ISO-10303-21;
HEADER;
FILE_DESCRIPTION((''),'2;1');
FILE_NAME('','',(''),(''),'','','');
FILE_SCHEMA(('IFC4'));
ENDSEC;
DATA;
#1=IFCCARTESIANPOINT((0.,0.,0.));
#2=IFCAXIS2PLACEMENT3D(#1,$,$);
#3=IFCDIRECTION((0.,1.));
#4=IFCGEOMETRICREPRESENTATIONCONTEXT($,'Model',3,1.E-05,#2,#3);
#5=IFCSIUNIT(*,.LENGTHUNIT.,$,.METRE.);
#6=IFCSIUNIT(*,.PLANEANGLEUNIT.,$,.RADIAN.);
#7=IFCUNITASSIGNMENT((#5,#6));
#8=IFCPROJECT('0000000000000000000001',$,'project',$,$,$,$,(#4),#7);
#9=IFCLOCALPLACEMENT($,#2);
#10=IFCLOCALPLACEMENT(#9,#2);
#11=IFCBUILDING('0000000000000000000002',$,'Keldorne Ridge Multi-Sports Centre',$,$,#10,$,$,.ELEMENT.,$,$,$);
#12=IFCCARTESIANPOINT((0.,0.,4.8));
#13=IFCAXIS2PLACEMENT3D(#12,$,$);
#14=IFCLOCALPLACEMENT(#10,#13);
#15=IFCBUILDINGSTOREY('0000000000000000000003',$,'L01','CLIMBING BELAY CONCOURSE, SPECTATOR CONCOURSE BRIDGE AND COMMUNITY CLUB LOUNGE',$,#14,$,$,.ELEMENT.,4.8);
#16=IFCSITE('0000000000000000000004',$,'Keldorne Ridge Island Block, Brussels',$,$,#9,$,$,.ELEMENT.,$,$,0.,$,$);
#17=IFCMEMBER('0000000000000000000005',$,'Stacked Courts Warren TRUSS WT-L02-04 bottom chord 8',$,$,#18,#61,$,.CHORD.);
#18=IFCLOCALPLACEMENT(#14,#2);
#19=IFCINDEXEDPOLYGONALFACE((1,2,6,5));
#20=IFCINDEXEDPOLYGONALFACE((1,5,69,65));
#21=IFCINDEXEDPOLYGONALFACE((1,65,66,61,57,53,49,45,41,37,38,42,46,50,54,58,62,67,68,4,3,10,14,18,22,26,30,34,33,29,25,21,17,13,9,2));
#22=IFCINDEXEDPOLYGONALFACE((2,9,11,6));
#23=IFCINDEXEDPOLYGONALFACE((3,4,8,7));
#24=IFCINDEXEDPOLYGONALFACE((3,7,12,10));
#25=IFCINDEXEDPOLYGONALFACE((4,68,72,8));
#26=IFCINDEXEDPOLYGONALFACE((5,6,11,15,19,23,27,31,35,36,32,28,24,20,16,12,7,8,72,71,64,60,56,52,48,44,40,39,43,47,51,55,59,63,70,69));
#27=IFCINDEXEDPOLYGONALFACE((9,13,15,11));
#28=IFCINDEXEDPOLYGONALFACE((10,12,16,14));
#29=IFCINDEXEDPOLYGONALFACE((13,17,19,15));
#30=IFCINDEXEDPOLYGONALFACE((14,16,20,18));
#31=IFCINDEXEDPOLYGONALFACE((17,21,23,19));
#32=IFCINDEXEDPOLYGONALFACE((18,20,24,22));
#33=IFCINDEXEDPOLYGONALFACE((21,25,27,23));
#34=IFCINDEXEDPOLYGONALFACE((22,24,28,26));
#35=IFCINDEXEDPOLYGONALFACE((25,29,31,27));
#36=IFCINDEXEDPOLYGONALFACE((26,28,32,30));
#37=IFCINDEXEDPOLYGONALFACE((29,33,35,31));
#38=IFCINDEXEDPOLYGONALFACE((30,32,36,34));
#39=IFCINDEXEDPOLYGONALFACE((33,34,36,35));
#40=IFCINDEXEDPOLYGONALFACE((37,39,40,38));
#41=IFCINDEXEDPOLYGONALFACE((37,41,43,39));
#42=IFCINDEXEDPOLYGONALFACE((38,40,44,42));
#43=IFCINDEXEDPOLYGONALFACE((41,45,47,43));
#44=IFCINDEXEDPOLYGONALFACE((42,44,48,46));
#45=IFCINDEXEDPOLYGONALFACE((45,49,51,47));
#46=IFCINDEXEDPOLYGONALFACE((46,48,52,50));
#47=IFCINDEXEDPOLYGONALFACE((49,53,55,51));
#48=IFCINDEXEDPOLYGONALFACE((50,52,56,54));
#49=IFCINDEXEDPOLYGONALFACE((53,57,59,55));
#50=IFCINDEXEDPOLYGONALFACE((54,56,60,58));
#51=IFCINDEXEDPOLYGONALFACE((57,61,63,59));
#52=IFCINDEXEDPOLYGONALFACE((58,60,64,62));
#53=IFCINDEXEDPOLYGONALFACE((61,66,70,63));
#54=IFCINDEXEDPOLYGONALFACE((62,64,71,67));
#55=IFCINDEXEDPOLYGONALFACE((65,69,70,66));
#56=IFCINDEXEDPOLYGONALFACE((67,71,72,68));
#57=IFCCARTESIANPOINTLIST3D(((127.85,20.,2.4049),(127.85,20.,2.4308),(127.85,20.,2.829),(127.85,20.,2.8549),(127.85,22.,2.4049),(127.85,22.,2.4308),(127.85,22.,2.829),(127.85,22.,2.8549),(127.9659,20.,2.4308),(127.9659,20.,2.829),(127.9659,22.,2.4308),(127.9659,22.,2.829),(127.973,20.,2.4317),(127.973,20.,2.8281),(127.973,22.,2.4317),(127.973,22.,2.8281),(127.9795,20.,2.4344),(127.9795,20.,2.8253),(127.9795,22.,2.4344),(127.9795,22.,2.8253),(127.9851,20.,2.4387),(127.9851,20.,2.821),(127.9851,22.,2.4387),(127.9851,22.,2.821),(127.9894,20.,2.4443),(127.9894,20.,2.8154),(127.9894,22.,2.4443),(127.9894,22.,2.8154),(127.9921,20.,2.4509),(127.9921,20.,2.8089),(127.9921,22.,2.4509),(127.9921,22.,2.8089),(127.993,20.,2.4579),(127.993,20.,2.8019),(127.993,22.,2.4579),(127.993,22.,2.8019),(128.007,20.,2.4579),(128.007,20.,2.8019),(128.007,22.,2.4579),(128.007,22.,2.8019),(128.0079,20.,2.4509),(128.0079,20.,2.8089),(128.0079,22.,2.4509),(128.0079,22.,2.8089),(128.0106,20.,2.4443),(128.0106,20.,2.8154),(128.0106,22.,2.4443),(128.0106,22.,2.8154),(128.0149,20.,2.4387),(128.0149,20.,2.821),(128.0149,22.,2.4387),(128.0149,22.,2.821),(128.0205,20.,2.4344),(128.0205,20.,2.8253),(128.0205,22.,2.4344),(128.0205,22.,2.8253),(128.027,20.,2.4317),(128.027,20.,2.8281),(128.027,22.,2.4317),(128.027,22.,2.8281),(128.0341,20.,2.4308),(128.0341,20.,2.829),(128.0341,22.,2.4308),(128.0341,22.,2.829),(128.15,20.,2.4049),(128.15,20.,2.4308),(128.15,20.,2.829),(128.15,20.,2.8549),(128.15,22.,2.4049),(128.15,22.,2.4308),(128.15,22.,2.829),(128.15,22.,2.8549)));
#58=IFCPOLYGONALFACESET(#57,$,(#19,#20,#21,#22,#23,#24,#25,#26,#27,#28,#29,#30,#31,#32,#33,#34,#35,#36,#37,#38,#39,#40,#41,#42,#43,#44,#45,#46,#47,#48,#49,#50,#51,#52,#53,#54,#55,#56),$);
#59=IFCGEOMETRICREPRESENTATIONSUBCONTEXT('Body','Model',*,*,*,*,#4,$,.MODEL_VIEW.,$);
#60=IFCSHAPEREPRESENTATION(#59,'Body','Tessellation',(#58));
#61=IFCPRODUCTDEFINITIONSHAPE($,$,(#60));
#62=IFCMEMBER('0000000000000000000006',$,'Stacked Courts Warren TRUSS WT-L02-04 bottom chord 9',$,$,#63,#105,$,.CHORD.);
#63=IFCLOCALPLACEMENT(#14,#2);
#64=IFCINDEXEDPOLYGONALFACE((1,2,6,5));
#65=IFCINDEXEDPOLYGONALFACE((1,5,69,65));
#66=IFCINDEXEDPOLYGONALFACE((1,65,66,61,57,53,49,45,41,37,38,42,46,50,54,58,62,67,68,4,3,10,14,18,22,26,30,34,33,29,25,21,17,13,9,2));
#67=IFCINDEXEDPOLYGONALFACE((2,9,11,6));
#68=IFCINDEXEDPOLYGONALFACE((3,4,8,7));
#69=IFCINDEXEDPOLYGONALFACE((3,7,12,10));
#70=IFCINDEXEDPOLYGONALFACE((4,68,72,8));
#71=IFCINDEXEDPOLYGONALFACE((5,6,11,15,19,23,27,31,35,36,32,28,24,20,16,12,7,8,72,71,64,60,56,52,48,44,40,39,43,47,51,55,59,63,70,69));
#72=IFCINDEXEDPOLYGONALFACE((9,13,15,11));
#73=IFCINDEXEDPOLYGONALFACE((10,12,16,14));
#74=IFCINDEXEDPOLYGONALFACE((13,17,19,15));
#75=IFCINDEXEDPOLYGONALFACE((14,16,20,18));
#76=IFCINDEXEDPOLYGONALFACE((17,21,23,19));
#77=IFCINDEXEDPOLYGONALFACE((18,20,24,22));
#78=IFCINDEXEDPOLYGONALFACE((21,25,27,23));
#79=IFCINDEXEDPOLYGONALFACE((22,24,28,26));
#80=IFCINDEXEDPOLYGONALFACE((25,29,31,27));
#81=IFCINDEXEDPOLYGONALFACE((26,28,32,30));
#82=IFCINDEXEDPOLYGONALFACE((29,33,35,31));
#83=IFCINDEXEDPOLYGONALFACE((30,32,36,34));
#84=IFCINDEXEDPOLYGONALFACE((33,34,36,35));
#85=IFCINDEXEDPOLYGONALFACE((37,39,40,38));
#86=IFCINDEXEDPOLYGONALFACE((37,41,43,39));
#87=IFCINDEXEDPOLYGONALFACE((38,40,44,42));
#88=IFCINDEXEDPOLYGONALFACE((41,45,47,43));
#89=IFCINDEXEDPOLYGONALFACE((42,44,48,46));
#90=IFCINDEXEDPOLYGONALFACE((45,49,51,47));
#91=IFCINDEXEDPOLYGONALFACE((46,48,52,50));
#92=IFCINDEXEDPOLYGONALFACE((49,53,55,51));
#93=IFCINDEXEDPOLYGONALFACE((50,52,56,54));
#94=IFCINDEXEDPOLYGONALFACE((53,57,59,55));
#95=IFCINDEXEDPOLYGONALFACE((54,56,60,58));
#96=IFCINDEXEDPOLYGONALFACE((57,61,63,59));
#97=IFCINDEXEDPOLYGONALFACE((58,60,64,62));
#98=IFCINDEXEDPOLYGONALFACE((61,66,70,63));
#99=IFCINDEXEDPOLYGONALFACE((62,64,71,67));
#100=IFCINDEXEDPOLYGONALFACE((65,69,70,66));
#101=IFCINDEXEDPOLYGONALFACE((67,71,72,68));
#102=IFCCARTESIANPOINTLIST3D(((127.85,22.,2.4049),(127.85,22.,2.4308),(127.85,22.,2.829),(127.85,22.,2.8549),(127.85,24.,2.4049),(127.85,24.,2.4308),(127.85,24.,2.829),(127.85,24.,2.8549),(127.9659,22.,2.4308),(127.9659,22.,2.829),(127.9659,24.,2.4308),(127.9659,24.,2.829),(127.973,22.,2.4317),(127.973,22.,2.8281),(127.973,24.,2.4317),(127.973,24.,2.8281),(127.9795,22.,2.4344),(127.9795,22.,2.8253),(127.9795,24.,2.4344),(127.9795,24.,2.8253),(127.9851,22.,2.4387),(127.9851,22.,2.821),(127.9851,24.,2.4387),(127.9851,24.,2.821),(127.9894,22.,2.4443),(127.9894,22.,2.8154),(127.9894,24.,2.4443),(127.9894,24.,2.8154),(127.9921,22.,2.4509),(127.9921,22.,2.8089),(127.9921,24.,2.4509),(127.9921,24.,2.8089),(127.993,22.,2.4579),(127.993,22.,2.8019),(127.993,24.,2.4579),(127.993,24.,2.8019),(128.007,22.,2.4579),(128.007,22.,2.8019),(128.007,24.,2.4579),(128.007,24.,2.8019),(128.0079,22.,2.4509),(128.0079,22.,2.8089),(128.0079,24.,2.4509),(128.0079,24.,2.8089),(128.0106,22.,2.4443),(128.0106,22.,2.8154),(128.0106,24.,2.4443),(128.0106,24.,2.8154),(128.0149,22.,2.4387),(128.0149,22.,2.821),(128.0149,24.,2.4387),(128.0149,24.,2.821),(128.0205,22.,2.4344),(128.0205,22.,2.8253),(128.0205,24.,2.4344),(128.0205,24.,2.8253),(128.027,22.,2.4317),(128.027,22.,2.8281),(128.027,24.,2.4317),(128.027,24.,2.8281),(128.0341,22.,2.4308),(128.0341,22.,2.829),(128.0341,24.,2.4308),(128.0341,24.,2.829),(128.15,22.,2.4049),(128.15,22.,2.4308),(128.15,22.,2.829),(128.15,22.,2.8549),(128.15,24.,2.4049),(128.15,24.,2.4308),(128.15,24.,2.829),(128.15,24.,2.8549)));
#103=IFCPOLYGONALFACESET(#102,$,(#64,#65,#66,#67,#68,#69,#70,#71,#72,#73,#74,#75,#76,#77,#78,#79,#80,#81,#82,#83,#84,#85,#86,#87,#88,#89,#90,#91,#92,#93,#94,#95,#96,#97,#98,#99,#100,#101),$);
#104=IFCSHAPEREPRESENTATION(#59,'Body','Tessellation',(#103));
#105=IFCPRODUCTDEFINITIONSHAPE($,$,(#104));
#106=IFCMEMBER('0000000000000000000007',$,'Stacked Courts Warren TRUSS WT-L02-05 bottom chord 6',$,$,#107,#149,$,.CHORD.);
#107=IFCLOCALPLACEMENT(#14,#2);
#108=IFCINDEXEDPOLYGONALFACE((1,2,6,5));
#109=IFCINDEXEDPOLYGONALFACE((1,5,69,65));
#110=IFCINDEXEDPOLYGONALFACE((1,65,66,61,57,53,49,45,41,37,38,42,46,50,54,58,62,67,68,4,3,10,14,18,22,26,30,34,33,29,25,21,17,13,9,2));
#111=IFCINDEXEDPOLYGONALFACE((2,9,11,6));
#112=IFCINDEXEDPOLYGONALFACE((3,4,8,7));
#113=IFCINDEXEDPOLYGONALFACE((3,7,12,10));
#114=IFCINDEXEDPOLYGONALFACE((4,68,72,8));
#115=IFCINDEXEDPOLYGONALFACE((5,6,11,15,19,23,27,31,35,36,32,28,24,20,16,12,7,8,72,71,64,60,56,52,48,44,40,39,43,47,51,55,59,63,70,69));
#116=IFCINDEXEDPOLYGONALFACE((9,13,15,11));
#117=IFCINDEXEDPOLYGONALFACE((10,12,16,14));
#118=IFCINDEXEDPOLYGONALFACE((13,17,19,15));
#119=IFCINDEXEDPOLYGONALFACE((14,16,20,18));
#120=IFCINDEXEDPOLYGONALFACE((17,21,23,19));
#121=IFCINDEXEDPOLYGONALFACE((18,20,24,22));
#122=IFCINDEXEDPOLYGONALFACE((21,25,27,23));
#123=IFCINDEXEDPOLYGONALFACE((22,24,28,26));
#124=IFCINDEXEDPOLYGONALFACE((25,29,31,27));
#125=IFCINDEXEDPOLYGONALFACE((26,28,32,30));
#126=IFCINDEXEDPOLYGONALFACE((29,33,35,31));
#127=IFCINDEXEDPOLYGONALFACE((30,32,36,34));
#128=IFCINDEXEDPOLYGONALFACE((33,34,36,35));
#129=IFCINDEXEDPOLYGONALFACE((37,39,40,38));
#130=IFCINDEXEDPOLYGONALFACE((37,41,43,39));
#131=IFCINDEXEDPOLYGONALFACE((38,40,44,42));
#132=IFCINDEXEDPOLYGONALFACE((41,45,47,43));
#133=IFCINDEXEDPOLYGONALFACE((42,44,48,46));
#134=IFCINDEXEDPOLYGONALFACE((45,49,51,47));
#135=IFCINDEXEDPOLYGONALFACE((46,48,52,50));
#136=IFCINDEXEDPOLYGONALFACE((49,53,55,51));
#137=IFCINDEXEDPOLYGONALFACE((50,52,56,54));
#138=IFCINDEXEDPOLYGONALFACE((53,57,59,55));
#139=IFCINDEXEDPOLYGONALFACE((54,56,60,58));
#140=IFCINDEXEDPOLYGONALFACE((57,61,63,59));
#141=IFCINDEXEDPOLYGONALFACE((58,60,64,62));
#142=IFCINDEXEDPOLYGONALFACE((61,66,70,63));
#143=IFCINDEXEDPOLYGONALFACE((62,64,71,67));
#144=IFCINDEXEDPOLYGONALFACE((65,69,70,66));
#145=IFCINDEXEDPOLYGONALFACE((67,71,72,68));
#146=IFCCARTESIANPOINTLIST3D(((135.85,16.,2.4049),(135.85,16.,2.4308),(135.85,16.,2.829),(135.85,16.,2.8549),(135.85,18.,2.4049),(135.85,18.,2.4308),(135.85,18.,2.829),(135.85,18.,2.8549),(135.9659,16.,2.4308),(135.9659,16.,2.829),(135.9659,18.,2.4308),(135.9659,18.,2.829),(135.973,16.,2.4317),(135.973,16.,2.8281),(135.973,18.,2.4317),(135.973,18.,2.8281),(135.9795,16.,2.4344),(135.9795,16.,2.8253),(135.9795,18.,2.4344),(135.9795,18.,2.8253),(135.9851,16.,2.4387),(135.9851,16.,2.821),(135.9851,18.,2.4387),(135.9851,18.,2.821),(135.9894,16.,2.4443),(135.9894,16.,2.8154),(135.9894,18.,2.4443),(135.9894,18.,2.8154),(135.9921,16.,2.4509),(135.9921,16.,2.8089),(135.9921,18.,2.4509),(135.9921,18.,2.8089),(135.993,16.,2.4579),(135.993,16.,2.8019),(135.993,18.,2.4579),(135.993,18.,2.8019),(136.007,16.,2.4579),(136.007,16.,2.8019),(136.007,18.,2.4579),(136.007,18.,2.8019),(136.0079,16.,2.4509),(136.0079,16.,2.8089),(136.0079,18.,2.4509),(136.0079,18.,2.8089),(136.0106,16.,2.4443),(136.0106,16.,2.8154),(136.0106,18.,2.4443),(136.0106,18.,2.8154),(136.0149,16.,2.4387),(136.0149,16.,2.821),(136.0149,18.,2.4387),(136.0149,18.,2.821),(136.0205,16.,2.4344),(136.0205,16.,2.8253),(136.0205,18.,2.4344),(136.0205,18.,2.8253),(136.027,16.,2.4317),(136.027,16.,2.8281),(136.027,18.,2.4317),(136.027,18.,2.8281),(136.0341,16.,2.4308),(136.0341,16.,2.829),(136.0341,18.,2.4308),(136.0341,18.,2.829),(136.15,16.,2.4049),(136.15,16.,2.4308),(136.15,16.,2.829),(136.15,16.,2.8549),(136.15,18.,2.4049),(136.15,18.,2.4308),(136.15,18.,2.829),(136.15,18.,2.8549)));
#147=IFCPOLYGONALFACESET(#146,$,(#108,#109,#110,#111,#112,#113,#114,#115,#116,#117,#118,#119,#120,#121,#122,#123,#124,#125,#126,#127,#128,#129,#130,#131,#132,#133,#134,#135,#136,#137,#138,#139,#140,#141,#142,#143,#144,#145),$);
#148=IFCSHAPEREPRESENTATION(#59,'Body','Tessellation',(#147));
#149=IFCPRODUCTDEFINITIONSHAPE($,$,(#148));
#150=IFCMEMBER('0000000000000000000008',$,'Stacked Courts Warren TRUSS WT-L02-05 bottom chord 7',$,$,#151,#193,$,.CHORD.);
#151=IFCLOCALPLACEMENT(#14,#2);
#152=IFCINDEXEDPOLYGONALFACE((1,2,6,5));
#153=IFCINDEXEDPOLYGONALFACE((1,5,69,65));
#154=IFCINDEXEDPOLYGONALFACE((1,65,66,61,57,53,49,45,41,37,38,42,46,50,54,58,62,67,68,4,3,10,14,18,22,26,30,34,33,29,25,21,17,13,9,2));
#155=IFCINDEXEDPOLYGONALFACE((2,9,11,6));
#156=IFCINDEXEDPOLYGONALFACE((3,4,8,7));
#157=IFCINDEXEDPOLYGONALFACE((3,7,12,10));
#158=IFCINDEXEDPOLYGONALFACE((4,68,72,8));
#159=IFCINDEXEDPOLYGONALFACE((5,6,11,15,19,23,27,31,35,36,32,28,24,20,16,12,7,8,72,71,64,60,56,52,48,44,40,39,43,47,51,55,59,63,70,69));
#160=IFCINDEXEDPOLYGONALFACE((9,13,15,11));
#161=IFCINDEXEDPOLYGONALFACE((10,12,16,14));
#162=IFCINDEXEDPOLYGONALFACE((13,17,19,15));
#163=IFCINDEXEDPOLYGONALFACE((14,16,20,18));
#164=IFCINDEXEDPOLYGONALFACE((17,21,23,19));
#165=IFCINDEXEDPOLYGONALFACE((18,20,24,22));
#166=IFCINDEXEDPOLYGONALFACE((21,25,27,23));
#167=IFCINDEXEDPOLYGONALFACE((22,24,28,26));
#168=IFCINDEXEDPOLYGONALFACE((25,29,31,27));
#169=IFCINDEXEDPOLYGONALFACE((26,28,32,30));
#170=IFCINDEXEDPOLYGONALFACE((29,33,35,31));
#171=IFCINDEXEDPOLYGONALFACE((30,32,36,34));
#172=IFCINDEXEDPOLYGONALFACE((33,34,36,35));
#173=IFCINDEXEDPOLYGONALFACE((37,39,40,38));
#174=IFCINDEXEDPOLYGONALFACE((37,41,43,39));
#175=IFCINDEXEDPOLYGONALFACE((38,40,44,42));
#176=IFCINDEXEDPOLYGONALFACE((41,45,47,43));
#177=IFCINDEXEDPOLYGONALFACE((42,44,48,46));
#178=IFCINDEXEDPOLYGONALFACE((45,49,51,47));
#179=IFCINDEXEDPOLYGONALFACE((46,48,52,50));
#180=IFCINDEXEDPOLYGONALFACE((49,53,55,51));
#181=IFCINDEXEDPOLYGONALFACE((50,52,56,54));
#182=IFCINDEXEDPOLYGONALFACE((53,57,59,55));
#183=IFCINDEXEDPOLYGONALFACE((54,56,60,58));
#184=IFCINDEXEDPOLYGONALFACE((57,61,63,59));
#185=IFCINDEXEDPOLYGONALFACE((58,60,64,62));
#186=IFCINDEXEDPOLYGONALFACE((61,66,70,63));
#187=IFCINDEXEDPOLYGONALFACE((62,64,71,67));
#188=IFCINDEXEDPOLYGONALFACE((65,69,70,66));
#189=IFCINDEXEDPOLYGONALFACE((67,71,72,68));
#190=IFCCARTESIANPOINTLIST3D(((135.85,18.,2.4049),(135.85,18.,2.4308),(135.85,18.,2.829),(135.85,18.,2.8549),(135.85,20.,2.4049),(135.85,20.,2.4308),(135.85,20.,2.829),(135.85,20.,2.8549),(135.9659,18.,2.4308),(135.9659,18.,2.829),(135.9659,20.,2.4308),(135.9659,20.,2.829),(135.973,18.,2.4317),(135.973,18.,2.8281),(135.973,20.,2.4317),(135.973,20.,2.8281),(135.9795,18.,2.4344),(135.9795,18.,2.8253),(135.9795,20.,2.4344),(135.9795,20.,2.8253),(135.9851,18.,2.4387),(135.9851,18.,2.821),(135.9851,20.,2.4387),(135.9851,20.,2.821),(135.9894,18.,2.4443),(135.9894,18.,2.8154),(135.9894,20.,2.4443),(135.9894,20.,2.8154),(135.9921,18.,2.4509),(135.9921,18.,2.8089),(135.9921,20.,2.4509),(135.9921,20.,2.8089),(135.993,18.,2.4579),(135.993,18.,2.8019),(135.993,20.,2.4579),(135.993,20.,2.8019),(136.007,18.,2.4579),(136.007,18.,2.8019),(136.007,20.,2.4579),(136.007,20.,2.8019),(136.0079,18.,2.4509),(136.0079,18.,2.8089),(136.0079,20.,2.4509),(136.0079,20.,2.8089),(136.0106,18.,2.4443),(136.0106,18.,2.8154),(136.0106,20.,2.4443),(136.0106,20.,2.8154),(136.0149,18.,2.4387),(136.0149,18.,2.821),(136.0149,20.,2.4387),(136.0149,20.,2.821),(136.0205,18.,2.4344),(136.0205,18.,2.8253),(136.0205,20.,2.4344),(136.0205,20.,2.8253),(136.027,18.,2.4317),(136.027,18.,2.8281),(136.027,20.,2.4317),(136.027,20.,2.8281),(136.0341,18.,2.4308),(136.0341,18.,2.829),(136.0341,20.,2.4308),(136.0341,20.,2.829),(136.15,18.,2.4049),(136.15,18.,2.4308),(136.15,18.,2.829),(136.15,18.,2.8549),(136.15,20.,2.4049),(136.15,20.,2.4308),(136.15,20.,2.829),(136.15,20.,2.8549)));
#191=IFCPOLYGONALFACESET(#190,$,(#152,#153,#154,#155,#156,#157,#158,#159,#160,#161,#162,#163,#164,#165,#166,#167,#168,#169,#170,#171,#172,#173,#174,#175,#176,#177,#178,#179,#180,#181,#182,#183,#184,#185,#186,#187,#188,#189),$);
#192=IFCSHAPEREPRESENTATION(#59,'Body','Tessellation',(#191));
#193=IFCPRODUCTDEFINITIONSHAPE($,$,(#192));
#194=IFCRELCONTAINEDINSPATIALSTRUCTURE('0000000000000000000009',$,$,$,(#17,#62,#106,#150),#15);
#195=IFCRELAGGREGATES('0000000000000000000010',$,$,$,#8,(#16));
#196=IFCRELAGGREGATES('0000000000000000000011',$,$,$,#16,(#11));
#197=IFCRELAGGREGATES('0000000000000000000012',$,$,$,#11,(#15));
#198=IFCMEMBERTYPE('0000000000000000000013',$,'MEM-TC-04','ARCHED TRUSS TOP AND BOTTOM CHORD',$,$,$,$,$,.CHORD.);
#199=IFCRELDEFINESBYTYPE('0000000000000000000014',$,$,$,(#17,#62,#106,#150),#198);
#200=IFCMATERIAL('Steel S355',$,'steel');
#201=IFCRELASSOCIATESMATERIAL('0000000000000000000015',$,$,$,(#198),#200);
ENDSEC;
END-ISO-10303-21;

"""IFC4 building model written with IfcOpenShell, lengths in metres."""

from ifc_helpers import new_model, si_unit, direction, frame, origin, origin_2d, place, context, subcontext, project, spatial, i_section, extrude, material, material_profile, profile_set, type_object, element, save


model = new_model("IFC4")

# Units and contexts
model_context = context("Model", 3, precision=1e-05, world=origin(), true_north=direction((0.0, 1.0)))
body_context = subcontext(model_context, "Body", "Model", "MODEL_VIEW")
ifc_project = project(units=[si_unit("LENGTHUNIT", "METRE"), si_unit("PLANEANGLEUNIT", "RADIAN")], contexts=[model_context])

# Site, building, storey
site_placement = place(None, origin())
site = spatial("IfcSite", under=ifc_project, at=site_placement, Name="Keldorne Ridge Island Block, Brussels", CompositionType="ELEMENT", RefElevation=0.0)
building_placement = place(site_placement, origin())
building = spatial("IfcBuilding", under=site, at=building_placement, Name="Keldorne Ridge Multi-Sports Centre", CompositionType="ELEMENT")
storey_placement = place(building_placement, frame((0.0, 0.0, 4.8)))
storey = spatial("IfcBuildingStorey", under=building, at=storey_placement, Name="L01", Description="CLIMBING BELAY CONCOURSE, SPECTATOR CONCOURSE BRIDGE AND COMMUNITY CLUB LOUNGE", CompositionType="ELEMENT", Elevation=4.8)

# Members
ifc_material = material(Name="Steel S355", Category="steel")
ifc_material_profile_1 = material_profile(ifc_material, i_section(OverallWidth=0.3, OverallDepth=0.45, WebThickness=0.0139, FlangeThickness=0.0259, FilletRadius=0.0271, at=origin_2d()), Name="HEB 450")
ifc_profile_set_1 = profile_set([ifc_material_profile_1], Name="Steel S355")
member_type_1 = type_object("IfcMemberType", Name="MEM-TC-04", Description="ARCHED TRUSS TOP AND BOTTOM CHORD", PredefinedType="CHORD", material=ifc_profile_set_1)
for number, where, z_axis, x_axis, name in (
    (1, (128.0, 20.0, 2.6299), (0.0, 1.0, 0.0), (-1.0, 0.0, 0.0), "Stacked Courts Warren TRUSS WT-L02-04 bottom chord 8"),
    (2, (128.0, 22.0, 2.6299), (0.0, 1.0, 0.0), (-1.0, 0.0, 0.0), "Stacked Courts Warren TRUSS WT-L02-04 bottom chord 9"),
    (3, (136.0, 16.0, 2.6299), (0.0, 1.0, 0.0), (-1.0, 0.0, 0.0), "Stacked Courts Warren TRUSS WT-L02-05 bottom chord 6"),
    (4, (136.0, 18.0, 2.6299), (0.0, 1.0, 0.0), (-1.0, 0.0, 0.0), "Stacked Courts Warren TRUSS WT-L02-05 bottom chord 7"),
):
    element("IfcMember", number, at=place(storey_placement, frame(where, z_axis=z_axis, x_axis=x_axis)), inside=storey, type_object=member_type_1, Name=name, PredefinedType="CHORD", context=body_context, shape_type="SweptSolid", body=[
        extrude(i_section(OverallWidth=0.3, OverallDepth=0.45, WebThickness=0.0139, FlangeThickness=0.0259, FilletRadius=0.0271, at=origin_2d()), origin(), (0.0, 0.0, 1.0), 2.0),
    ])

save(model, "model.ifc")
